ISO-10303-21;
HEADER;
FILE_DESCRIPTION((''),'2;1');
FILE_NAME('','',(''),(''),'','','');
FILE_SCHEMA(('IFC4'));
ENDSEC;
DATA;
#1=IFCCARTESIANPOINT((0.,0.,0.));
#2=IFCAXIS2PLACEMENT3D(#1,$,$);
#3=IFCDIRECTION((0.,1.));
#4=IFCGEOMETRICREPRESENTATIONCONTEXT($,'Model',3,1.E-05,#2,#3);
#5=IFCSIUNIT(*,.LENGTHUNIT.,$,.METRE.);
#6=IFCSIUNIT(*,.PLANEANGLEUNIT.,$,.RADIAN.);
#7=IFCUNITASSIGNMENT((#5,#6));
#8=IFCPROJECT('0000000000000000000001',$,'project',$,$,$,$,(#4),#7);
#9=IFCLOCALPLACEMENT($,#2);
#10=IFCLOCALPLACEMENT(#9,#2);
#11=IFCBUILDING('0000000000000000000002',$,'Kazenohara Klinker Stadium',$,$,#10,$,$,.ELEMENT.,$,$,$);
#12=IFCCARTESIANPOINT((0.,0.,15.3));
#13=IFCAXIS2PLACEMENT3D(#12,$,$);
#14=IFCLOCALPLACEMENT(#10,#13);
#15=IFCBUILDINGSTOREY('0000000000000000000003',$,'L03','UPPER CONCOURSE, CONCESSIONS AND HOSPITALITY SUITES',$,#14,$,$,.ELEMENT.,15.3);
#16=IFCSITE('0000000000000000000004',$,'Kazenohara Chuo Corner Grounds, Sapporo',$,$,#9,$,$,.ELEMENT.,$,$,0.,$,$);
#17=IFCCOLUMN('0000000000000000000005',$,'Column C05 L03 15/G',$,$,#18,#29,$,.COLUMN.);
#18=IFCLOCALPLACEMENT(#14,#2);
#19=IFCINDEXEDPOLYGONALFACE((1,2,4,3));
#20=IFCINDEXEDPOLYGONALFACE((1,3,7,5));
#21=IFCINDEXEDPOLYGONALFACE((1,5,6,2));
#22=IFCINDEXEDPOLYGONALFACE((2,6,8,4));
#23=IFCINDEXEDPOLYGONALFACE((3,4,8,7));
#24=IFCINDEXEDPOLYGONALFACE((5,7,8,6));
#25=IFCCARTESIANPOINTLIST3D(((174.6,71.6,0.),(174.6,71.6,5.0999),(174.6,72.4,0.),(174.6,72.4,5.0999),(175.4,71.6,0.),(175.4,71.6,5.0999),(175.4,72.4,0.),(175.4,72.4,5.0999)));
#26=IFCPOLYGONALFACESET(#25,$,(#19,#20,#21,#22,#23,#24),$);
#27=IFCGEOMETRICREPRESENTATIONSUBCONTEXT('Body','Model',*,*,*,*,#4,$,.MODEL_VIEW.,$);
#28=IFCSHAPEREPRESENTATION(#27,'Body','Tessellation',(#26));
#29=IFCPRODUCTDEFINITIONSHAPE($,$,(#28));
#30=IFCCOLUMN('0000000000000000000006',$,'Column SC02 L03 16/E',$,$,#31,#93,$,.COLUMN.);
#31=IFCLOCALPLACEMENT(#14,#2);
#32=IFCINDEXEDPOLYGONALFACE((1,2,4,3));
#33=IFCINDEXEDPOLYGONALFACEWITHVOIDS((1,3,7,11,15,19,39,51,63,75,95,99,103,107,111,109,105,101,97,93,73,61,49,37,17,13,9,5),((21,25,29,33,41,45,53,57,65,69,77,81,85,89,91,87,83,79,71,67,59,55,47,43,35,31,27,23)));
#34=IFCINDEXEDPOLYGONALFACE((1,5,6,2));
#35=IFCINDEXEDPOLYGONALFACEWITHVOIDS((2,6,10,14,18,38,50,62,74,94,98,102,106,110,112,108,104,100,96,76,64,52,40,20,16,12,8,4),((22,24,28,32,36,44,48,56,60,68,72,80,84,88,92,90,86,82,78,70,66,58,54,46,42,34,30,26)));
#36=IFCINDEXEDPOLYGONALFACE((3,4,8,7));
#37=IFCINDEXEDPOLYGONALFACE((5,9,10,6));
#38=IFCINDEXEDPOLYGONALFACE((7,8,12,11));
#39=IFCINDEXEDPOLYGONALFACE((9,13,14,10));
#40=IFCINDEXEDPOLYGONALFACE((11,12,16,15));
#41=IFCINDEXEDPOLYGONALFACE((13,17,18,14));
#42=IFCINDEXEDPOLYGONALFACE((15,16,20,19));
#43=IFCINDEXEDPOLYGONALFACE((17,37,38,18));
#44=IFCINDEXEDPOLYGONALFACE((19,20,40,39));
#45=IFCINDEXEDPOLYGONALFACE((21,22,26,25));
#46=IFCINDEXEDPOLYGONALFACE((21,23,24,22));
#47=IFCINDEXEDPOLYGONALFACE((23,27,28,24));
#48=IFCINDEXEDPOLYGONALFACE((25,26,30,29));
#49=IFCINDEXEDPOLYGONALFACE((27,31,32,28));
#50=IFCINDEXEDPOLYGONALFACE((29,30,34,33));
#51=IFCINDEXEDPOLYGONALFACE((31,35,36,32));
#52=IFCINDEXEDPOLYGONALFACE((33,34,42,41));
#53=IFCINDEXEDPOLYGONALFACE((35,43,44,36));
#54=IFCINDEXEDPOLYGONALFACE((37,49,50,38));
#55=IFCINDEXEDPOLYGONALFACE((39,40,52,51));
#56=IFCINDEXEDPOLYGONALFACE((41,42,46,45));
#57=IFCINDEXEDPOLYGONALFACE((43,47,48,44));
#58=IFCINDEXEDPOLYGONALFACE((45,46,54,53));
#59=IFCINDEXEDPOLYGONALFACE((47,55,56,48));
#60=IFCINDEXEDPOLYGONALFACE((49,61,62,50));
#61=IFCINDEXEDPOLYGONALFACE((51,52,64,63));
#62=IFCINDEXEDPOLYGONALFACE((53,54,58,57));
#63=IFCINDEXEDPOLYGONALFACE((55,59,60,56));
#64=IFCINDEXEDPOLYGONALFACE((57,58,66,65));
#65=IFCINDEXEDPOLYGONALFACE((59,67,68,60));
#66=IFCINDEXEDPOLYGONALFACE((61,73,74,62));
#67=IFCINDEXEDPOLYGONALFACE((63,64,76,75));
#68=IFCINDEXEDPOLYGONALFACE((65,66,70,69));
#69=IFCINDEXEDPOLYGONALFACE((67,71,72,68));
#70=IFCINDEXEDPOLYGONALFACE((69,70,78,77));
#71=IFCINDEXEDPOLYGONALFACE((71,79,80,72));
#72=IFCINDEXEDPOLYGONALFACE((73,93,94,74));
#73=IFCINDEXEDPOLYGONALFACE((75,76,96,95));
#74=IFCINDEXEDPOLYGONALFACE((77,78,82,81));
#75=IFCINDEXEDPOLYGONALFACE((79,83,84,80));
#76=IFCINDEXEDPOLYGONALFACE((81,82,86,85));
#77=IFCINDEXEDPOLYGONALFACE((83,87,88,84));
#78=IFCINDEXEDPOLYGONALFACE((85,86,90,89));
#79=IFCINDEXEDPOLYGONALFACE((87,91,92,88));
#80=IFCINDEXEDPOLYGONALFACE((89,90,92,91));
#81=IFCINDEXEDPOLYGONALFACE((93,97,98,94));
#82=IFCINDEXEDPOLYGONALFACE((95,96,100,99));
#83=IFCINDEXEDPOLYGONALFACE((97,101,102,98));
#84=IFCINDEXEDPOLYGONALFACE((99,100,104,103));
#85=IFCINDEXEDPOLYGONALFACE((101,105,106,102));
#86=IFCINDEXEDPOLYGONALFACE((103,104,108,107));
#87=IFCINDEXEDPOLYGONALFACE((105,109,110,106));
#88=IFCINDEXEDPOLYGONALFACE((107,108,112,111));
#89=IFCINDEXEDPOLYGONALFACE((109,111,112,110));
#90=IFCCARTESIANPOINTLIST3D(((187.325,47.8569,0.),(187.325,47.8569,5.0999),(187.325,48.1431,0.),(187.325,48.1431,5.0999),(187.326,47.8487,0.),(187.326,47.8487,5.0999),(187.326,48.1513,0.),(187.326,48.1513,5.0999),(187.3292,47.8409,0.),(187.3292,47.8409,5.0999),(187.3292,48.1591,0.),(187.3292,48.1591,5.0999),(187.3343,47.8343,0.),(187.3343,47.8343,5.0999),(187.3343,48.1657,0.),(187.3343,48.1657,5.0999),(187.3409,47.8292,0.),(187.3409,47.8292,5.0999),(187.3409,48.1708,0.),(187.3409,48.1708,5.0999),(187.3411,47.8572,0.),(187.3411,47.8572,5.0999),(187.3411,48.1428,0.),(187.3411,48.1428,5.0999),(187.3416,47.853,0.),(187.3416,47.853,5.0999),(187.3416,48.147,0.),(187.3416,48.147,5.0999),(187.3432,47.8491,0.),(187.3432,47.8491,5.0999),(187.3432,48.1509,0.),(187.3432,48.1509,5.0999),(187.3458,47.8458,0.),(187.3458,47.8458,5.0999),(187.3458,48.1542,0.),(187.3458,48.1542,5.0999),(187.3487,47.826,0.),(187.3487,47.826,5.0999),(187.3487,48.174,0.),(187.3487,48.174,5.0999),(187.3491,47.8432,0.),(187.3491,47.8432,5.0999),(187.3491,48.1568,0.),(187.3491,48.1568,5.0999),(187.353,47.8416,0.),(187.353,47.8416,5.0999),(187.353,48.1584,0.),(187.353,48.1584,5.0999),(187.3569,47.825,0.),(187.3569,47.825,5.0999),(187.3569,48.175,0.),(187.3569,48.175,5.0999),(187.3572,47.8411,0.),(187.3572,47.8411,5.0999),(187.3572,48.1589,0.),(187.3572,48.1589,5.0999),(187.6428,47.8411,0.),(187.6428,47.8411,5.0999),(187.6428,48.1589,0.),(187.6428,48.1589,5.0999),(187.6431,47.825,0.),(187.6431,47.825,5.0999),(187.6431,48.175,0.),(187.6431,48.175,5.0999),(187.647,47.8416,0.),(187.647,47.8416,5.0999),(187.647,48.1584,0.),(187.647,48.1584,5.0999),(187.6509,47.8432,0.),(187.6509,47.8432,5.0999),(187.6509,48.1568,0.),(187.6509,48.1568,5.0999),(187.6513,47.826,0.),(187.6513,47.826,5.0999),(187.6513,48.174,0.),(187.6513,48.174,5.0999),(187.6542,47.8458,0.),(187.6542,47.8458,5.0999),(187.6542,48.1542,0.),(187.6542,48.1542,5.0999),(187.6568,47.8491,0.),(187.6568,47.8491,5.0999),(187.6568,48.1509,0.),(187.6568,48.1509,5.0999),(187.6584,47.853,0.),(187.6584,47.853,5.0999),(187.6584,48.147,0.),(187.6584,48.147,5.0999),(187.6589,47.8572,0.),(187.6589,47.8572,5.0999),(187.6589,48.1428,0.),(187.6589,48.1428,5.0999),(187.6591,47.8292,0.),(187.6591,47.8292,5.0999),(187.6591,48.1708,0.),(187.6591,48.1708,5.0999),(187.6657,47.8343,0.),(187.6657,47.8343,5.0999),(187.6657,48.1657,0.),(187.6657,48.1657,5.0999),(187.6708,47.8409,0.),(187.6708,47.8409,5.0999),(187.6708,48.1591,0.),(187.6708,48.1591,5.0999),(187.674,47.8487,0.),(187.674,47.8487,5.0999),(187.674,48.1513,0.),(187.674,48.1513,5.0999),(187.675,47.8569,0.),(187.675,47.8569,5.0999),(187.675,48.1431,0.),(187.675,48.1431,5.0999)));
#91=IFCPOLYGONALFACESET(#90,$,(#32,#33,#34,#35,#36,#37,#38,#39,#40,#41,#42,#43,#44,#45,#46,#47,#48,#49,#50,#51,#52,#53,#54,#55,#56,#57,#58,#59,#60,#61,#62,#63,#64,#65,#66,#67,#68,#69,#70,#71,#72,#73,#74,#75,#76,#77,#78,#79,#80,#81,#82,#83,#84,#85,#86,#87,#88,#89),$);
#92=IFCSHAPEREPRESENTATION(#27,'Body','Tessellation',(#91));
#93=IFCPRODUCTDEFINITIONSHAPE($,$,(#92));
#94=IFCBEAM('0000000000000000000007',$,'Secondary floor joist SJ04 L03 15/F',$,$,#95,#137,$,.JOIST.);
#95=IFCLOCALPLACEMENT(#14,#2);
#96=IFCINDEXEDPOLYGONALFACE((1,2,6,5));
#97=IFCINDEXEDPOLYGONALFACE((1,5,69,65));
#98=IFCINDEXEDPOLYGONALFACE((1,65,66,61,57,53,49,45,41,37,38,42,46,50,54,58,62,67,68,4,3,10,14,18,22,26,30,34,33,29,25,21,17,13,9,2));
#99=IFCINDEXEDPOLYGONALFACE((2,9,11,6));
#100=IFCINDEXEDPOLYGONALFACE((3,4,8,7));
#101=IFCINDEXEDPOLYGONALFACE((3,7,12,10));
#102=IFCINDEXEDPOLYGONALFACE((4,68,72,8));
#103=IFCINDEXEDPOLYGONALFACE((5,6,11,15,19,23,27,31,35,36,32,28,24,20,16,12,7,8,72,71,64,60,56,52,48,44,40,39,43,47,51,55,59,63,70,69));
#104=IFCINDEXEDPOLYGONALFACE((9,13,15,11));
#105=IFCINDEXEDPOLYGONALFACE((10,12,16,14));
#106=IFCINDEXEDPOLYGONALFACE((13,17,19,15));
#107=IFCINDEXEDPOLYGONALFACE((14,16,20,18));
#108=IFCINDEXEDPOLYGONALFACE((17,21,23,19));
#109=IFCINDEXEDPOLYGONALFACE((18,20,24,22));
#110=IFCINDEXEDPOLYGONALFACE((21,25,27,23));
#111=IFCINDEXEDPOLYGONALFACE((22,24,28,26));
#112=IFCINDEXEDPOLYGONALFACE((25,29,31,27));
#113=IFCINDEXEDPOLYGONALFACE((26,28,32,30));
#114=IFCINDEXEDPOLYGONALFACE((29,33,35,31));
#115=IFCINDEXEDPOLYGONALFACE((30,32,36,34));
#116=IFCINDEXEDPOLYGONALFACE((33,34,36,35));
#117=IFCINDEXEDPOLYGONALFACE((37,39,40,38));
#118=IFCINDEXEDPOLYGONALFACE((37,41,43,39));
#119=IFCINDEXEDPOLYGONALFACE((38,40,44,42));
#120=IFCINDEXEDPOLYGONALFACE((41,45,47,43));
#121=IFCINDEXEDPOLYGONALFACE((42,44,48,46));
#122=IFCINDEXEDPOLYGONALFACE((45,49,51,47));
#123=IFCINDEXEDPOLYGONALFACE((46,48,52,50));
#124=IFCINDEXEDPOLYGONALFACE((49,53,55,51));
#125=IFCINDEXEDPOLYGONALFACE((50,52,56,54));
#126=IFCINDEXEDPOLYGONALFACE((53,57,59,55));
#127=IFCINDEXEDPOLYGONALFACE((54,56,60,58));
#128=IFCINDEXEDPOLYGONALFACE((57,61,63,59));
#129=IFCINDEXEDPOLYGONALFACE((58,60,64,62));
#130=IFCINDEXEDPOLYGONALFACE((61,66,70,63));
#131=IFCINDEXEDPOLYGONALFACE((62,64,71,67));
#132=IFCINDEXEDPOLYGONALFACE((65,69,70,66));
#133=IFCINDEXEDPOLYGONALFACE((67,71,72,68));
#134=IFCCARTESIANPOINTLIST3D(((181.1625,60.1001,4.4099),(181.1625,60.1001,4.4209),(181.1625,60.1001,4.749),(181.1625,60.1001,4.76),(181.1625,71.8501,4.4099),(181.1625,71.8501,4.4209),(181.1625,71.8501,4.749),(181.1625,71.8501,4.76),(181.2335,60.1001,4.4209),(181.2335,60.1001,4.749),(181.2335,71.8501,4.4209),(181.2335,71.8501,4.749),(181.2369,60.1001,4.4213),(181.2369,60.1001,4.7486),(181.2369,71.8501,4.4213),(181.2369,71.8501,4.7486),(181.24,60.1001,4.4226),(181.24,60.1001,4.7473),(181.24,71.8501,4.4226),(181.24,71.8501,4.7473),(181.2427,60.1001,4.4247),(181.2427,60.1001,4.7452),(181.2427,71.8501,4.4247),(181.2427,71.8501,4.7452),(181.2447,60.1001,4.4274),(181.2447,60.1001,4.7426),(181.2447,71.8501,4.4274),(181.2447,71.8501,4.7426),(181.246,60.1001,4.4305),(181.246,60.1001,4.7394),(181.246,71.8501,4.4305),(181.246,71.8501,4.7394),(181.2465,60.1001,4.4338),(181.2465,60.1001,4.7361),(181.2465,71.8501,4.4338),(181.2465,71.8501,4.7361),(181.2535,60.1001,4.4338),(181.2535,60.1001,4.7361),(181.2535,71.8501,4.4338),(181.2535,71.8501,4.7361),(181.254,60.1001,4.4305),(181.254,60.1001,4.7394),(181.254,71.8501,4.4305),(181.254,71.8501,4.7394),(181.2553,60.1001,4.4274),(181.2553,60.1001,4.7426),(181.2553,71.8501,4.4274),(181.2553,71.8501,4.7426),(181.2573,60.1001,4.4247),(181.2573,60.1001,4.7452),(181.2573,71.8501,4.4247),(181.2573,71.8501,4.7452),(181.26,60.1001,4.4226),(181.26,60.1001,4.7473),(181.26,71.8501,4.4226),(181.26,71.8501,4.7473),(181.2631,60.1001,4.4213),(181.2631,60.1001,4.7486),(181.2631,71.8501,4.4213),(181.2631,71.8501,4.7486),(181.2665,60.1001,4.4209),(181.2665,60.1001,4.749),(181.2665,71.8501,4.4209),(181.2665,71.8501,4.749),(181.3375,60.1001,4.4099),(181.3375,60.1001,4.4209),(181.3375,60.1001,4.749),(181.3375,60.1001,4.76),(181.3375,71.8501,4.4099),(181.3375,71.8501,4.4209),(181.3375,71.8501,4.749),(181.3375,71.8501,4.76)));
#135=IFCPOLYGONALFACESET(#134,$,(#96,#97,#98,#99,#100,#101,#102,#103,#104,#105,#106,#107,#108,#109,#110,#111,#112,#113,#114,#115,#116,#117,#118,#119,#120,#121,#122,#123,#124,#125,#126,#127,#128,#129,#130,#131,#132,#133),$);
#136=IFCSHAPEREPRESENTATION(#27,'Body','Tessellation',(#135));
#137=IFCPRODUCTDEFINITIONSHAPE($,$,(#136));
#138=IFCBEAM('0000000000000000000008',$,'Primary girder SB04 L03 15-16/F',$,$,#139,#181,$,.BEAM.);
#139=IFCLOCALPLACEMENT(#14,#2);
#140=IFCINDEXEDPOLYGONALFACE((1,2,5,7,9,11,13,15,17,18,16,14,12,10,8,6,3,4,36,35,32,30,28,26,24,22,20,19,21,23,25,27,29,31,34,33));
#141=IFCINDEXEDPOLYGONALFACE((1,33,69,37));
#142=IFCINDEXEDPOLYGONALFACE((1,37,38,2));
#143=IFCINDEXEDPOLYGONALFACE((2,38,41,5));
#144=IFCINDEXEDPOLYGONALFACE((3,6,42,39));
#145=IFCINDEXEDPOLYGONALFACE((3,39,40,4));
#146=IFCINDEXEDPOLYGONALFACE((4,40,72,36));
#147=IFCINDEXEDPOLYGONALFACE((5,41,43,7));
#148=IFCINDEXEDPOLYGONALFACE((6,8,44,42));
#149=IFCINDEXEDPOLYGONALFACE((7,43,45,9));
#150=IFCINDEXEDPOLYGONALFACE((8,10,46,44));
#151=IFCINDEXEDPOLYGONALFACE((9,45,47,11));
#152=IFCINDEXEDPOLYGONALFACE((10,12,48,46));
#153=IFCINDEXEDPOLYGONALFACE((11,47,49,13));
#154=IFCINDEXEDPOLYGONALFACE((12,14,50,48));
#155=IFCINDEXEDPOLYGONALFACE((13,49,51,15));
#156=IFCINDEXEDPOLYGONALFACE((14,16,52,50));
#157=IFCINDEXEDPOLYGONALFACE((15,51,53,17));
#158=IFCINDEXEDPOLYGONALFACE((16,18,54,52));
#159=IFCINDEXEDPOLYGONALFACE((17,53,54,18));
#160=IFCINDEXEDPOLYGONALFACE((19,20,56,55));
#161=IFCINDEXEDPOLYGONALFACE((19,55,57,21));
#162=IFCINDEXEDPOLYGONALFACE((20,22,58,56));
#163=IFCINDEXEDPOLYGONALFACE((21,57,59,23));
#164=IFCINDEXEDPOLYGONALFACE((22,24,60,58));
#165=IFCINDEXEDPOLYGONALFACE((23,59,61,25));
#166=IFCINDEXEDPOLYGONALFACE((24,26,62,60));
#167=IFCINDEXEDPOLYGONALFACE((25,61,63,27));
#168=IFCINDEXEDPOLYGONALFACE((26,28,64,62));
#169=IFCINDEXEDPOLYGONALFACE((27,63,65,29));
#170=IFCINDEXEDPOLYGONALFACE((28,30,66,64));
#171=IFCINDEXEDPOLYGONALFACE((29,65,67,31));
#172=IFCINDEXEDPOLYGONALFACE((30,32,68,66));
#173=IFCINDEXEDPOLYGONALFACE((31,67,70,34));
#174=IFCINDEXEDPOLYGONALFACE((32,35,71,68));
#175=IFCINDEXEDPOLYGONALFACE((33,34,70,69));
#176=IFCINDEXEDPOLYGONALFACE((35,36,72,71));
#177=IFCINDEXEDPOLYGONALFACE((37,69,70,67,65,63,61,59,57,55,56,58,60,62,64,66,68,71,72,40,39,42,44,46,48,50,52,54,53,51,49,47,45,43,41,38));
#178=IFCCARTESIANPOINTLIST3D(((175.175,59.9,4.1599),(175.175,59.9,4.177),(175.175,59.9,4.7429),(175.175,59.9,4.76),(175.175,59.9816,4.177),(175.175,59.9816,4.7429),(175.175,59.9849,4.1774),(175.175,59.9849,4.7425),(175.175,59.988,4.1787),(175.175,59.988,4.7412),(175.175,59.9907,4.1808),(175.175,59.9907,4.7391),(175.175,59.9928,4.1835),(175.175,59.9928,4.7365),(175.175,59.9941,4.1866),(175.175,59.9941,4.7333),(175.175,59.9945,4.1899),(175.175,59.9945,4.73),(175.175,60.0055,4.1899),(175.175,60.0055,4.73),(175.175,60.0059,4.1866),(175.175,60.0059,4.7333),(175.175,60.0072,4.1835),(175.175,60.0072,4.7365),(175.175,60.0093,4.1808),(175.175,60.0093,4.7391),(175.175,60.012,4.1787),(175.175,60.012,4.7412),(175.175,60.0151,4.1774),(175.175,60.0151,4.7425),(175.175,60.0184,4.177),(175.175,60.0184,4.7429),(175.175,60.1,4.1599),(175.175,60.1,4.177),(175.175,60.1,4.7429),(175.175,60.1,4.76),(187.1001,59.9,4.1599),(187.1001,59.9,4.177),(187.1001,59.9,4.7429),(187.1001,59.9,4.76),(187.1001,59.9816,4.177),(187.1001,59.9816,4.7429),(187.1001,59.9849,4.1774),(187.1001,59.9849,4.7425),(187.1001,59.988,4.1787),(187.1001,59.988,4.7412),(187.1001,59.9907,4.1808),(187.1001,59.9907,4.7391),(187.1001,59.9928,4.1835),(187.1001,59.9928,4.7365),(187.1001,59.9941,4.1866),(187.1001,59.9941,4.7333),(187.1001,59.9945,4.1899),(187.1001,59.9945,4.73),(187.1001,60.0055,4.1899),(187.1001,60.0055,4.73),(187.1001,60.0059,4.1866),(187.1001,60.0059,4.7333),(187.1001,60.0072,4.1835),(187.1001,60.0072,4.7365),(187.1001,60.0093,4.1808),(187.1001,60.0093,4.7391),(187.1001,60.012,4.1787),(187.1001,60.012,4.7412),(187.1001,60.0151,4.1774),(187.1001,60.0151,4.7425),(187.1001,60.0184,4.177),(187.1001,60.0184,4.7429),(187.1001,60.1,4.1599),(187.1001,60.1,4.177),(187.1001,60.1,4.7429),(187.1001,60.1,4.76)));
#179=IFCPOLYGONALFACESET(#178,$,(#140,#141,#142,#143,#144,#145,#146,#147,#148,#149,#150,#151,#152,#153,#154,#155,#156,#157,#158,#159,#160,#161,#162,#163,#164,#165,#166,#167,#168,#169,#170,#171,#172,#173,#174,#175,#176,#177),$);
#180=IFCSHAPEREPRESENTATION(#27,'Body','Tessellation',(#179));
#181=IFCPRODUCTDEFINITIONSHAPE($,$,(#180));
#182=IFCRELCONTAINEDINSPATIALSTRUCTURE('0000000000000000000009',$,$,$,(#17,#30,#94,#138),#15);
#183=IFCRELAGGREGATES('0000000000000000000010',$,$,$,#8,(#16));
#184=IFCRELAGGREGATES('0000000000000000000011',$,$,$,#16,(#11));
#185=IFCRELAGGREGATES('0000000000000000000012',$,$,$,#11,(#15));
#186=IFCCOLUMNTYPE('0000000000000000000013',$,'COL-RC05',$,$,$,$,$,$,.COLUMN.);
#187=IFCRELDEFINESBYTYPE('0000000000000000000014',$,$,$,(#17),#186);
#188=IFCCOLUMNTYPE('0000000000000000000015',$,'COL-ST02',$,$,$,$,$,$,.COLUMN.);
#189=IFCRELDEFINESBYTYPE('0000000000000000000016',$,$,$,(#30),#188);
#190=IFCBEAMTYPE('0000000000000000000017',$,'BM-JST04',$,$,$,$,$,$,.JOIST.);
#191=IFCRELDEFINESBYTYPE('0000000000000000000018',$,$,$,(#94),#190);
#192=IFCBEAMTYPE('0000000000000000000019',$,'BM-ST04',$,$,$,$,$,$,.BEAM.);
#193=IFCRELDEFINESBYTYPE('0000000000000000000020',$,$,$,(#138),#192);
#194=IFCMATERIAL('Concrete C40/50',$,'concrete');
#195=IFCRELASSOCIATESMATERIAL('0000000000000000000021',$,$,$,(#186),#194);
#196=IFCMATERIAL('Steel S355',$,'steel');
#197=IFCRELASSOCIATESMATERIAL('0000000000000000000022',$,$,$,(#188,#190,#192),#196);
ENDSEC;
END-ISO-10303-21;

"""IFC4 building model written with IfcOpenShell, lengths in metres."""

from ifc_helpers import new_model, si_unit, direction, frame, origin, origin_2d, place, context, subcontext, project, spatial, rectangle, hollow_rectangle, i_section, extrude, material, material_profile, profile_set, type_object, element, save


model = new_model("IFC4")

# Units and contexts
model_context = context("Model", 3, precision=1e-05, world=origin(), true_north=direction((0.0, 1.0)))
body_context = subcontext(model_context, "Body", "Model", "MODEL_VIEW")
ifc_project = project(units=[si_unit("LENGTHUNIT", "METRE"), si_unit("PLANEANGLEUNIT", "RADIAN")], contexts=[model_context])

# Site, building, storey
site_placement = place(None, origin())
site = spatial("IfcSite", under=ifc_project, at=site_placement, Name="Kazenohara Chuo Corner Grounds, Sapporo", CompositionType="ELEMENT", RefElevation=0.0)
building_placement = place(site_placement, origin())
building = spatial("IfcBuilding", under=site, at=building_placement, Name="Kazenohara Klinker Stadium", CompositionType="ELEMENT")
storey_placement = place(building_placement, frame((0.0, 0.0, 15.3)))
storey = spatial("IfcBuildingStorey", under=building, at=storey_placement, Name="L03", Description="UPPER CONCOURSE, CONCESSIONS AND HOSPITALITY SUITES", CompositionType="ELEMENT", Elevation=15.3)

# Columns
ifc_material_1 = material(Name="Concrete C40/50", Category="concrete")
ifc_material_profile_1 = material_profile(ifc_material_1, rectangle(XDim=0.8, YDim=0.8, at=origin_2d()), Name="RC-COL-800x800")
ifc_profile_set_1 = profile_set([ifc_material_profile_1], Name="Concrete C40/50")
column_type_1 = type_object("IfcColumnType", Name="COL-RC05", PredefinedType="COLUMN", material=ifc_profile_set_1)
column_1_placement = place(storey_placement, frame((175.0, 72.0, 0.0), z_axis=(0.0, 0.0, 1.0), x_axis=(1.0, 0.0, 0.0)))
element("IfcColumn", 1, at=column_1_placement, inside=storey, type_object=column_type_1, Name="Column C05 L03 15/G", PredefinedType="COLUMN", context=body_context, shape_type="SweptSolid", body=[
    extrude(rectangle(XDim=0.8, YDim=0.8, at=origin_2d()), origin(), (0.0, 0.0, 1.0), 5.0999),
])
ifc_material_2 = material(Name="Steel S355", Category="steel")
ifc_material_profile_2 = material_profile(ifc_material_2, hollow_rectangle(XDim=0.3501, YDim=0.3501, WallThickness=0.0161, InnerFilletRadius=0.0161, OuterFilletRadius=0.032, at=origin_2d()), Name="SHS-350x350x16")
ifc_profile_set_2 = profile_set([ifc_material_profile_2], Name="Steel S355")
column_type_2 = type_object("IfcColumnType", Name="COL-ST02", PredefinedType="COLUMN", material=ifc_profile_set_2)
column_2_placement = place(storey_placement, frame((187.5, 48.0, 0.0), z_axis=(0.0, 0.0, 1.0), x_axis=(1.0, 0.0, 0.0)))
element("IfcColumn", 2, at=column_2_placement, inside=storey, type_object=column_type_2, Name="Column SC02 L03 16/E", PredefinedType="COLUMN", context=body_context, shape_type="SweptSolid", body=[
    extrude(hollow_rectangle(XDim=0.3501, YDim=0.3501, WallThickness=0.0161, InnerFilletRadius=0.0161, OuterFilletRadius=0.032, at=origin_2d()), origin(), (0.0, 0.0, 1.0), 5.0999),
])

# Beams
ifc_material_profile_3 = material_profile(ifc_material_2, i_section(OverallWidth=0.175, OverallDepth=0.3501, WebThickness=0.0071, FlangeThickness=0.011, FilletRadius=0.0129, at=origin_2d()), Name="H-350x175x7x11")
ifc_profile_set_3 = profile_set([ifc_material_profile_3], Name="Steel S355")
beam_type_1 = type_object("IfcBeamType", Name="BM-JST04", PredefinedType="JOIST", material=ifc_profile_set_3)
beam_1_placement = place(storey_placement, frame((181.25, 60.1001, 4.585), z_axis=(0.0, 1.0, 0.0), x_axis=(-1.0, 0.0, 0.0)))
element("IfcBeam", 3, at=beam_1_placement, inside=storey, type_object=beam_type_1, Name="Secondary floor joist SJ04 L03 15/F", PredefinedType="JOIST", context=body_context, shape_type="SweptSolid", body=[
    extrude(i_section(OverallWidth=0.175, OverallDepth=0.3501, WebThickness=0.0071, FlangeThickness=0.011, FilletRadius=0.0129, at=origin_2d()), origin(), (0.0, 0.0, 1.0), 11.75),
])
ifc_material_profile_4 = material_profile(ifc_material_2, i_section(OverallWidth=0.2, OverallDepth=0.6001, WebThickness=0.011, FlangeThickness=0.0171, FilletRadius=0.0129, at=origin_2d()), Name="H-600x200x11x17")
ifc_profile_set_4 = profile_set([ifc_material_profile_4], Name="Steel S355")
beam_type_2 = type_object("IfcBeamType", Name="BM-ST04", PredefinedType="BEAM", material=ifc_profile_set_4)
beam_2_placement = place(storey_placement, frame((175.175, 60.0, 4.46), z_axis=(1.0, 0.0, 0.0), x_axis=(0.0, 1.0, 0.0)))
element("IfcBeam", 4, at=beam_2_placement, inside=storey, type_object=beam_type_2, Name="Primary girder SB04 L03 15-16/F", PredefinedType="BEAM", context=body_context, shape_type="SweptSolid", body=[
    extrude(i_section(OverallWidth=0.2, OverallDepth=0.6001, WebThickness=0.011, FlangeThickness=0.0171, FilletRadius=0.0129, at=origin_2d()), origin(), (0.0, 0.0, 1.0), 11.925),
])

save(model, "model.ifc")
